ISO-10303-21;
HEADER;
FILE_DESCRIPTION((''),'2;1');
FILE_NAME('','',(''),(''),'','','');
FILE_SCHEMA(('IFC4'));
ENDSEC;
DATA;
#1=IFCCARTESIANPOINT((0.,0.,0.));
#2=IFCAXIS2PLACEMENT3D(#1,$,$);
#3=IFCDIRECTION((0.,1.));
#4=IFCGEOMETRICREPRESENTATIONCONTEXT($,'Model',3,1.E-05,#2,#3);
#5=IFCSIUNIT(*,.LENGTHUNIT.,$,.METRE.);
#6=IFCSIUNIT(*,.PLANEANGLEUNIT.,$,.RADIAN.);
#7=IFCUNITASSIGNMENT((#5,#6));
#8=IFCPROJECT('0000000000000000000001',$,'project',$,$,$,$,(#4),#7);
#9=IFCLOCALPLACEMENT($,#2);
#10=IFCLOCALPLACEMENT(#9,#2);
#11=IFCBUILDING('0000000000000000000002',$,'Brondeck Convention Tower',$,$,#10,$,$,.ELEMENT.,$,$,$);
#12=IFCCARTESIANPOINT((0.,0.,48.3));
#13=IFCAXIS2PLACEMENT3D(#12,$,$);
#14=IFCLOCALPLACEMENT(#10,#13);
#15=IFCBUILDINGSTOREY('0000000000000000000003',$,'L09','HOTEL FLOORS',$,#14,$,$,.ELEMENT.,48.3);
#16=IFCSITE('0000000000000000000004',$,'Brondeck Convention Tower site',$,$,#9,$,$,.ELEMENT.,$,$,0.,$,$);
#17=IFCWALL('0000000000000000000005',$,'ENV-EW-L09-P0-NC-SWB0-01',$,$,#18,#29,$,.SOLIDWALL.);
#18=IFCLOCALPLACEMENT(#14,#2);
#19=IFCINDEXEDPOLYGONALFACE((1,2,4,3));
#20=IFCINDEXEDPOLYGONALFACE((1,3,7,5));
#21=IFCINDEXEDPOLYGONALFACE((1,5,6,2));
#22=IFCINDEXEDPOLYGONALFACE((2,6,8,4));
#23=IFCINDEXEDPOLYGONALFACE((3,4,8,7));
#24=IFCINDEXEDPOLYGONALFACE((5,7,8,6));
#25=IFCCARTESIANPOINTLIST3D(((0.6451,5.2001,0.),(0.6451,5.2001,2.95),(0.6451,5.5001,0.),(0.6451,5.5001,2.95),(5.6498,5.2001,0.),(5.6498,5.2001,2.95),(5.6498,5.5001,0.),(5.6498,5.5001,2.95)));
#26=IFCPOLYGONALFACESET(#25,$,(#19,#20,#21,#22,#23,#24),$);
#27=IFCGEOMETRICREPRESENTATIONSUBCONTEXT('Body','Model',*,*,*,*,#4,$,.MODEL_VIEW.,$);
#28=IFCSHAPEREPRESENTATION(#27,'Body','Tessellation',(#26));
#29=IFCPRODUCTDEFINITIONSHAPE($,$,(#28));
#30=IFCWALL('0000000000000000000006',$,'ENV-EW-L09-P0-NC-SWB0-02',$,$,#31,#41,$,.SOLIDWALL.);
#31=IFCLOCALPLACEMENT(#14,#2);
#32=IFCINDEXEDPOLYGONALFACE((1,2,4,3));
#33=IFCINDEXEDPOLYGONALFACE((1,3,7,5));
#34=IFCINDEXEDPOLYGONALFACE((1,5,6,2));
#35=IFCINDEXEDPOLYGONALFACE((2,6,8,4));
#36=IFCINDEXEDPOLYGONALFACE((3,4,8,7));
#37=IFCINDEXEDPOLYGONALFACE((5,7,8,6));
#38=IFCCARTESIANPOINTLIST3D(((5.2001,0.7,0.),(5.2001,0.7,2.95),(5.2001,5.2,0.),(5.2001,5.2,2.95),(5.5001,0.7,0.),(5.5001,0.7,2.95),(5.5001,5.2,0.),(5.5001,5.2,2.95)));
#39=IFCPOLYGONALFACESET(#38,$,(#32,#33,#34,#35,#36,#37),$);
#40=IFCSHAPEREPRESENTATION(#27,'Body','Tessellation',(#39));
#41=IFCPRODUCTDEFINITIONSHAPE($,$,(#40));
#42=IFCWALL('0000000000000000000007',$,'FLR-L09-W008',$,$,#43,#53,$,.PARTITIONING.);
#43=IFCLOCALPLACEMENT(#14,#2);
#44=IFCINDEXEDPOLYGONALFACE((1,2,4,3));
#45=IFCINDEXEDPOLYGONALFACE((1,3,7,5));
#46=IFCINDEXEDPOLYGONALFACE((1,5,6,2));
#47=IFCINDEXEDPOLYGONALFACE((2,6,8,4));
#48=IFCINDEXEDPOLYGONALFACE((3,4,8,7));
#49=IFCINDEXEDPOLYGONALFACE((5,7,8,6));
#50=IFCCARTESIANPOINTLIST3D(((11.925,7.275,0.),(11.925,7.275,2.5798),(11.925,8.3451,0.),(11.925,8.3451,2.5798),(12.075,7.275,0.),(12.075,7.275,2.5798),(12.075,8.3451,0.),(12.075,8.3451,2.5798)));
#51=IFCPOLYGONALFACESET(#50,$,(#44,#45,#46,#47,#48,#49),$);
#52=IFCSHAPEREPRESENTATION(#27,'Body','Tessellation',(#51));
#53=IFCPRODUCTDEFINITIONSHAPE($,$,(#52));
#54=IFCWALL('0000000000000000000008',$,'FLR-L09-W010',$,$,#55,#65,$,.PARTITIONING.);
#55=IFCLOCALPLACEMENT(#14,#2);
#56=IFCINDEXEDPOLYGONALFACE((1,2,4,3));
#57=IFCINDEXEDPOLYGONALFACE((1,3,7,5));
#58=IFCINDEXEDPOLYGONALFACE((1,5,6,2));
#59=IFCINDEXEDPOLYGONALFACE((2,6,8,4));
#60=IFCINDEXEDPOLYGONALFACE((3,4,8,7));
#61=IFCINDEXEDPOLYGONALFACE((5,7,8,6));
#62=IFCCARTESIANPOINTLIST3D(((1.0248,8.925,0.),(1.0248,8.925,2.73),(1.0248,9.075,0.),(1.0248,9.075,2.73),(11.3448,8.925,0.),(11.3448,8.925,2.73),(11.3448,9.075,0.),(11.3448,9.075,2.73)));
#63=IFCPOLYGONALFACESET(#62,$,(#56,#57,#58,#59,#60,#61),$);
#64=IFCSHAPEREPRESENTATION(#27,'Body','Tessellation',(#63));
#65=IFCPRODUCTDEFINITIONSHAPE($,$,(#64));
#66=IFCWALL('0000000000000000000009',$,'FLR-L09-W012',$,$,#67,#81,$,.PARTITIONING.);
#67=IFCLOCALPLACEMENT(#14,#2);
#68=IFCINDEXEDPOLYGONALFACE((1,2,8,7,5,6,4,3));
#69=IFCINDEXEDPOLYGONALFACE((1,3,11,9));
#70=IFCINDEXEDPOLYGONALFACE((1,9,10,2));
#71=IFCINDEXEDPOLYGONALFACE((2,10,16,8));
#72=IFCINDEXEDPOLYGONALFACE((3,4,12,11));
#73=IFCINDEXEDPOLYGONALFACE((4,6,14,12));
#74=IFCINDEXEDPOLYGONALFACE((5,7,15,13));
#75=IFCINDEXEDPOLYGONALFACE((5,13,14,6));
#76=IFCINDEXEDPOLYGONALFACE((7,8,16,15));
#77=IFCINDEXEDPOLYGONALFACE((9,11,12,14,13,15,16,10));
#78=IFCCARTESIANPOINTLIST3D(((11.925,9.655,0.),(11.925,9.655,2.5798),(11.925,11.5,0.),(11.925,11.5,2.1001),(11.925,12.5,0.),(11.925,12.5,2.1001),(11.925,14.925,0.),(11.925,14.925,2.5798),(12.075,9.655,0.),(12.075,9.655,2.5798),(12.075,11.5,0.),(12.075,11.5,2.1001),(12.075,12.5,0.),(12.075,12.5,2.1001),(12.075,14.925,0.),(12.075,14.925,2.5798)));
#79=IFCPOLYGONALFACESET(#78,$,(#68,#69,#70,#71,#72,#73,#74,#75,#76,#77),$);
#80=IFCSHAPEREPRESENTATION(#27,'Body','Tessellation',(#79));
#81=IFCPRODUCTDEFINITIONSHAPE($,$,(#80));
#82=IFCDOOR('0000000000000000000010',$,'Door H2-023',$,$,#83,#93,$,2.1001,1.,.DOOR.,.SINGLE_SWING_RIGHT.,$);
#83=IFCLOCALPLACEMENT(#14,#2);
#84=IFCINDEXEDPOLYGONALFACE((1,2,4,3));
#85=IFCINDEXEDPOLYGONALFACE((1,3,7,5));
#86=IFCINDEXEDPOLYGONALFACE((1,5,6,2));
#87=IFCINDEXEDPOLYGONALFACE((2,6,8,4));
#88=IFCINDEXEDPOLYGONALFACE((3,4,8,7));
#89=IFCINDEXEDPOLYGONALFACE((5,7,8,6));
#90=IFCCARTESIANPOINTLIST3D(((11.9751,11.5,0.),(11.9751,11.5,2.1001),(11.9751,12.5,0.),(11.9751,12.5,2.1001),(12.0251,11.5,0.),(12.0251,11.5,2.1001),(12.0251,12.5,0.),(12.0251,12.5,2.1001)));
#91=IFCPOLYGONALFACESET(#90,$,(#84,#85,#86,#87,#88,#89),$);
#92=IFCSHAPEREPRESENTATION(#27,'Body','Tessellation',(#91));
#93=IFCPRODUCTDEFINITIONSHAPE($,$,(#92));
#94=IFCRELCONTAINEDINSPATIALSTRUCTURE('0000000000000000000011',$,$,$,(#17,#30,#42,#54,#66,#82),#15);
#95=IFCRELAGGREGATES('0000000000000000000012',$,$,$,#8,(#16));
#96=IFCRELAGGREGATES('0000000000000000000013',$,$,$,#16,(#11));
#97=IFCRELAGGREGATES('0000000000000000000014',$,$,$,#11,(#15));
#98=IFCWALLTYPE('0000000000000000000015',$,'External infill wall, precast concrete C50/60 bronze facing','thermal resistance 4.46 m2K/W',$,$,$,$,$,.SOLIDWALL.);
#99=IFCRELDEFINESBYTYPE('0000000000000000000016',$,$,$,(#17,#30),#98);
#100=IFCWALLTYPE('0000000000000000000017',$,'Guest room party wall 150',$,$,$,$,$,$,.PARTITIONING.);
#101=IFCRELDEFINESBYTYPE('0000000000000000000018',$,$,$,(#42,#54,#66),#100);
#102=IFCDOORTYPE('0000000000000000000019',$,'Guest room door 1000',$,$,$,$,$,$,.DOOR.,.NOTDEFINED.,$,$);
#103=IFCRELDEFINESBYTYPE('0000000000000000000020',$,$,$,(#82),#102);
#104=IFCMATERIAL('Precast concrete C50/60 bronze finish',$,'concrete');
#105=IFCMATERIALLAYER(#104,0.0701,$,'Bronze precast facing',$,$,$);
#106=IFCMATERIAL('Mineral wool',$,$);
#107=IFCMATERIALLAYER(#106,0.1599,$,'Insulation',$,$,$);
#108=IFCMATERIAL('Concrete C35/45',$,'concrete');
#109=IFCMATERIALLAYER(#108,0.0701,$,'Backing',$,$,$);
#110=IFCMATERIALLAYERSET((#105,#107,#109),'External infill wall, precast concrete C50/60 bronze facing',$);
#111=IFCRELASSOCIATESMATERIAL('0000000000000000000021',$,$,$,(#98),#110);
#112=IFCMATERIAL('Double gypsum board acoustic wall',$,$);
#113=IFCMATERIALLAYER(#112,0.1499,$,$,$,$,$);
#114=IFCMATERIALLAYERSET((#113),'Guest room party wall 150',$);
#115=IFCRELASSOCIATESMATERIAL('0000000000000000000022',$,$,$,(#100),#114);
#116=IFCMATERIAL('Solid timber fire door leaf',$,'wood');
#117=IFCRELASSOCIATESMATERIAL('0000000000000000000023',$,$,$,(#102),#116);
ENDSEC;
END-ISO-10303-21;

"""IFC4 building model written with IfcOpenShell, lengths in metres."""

from ifc_helpers import new_model, si_unit, direction, frame, frame_2d, origin, place, context, subcontext, project, spatial, rectangle, extrude, material, layer, layer_set, type_object, element, fill, save


model = new_model("IFC4")

# Units and contexts
model_context = context("Model", 3, precision=1e-05, world=origin(), true_north=direction((0.0, 1.0)))
body_context = subcontext(model_context, "Body", "Model", "MODEL_VIEW")
ifc_project = project(units=[si_unit("LENGTHUNIT", "METRE"), si_unit("PLANEANGLEUNIT", "RADIAN")], contexts=[model_context])

# Site, building, storey
site_placement = place(None, origin())
site = spatial("IfcSite", under=ifc_project, at=site_placement, Name="Brondeck Convention Tower site", CompositionType="ELEMENT", RefElevation=0.0)
building_placement = place(site_placement, origin())
building = spatial("IfcBuilding", under=site, at=building_placement, Name="Brondeck Convention Tower", CompositionType="ELEMENT")
storey_placement = place(building_placement, frame((0.0, 0.0, 48.3)))
storey = spatial("IfcBuildingStorey", under=building, at=storey_placement, Name="L09", Description="HOTEL FLOORS", CompositionType="ELEMENT", Elevation=48.3)

# Shared definitions
ifc_material_1 = material(Name="Concrete C35/45", Category="concrete")

# Shared definitions
ifc_material_2 = material(Name="Precast concrete C50/60 bronze finish", Category="concrete")
ifc_layer_1 = layer(ifc_material_2, 0.0701, Name="Bronze precast facing")
ifc_material_3 = material(Name="Mineral wool")
ifc_layer_2 = layer(ifc_material_3, 0.1599, Name="Insulation")
ifc_layer_3 = layer(ifc_material_1, 0.0701, Name="Backing")
ifc_layer_set_1 = layer_set([ifc_layer_1, ifc_layer_2, ifc_layer_3], Name="External infill wall, precast concrete C50/60 bronze facing")
wall_type_1 = type_object("IfcWallType", Name="External infill wall, precast concrete C50/60 bronze facing", Description="thermal resistance 4.46 m2K/W", PredefinedType="SOLIDWALL", material=ifc_layer_set_1)

# Walls
wall_1_placement = place(storey_placement, frame((5.6499, 5.3501, 0.0), z_axis=(0.0, 0.0, 1.0), x_axis=(-1.0, 0.0, 0.0)))
element("IfcWall", 1, at=wall_1_placement, inside=storey, type_object=wall_type_1, Name="ENV-EW-L09-P0-NC-SWB0-01", PredefinedType="SOLIDWALL", context=body_context, shape_type="SweptSolid", body=[
    extrude(rectangle(XDim=5.0046, YDim=0.3, at=frame_2d((2.5024, 0.0))), origin(), (0.0, 0.0, 1.0), 2.95),
])
wall_2_placement = place(storey_placement, frame((5.3501, 0.7, 0.0), z_axis=(0.0, 0.0, 1.0), x_axis=(0.0, 1.0, 0.0)))
element("IfcWall", 2, at=wall_2_placement, inside=storey, type_object=wall_type_1, Name="ENV-EW-L09-P0-NC-SWB0-02", PredefinedType="SOLIDWALL", context=body_context, shape_type="SweptSolid", body=[
    extrude(rectangle(XDim=4.5, YDim=0.3, at=frame_2d((2.25, 0.0))), origin(), (0.0, 0.0, 1.0), 2.95),
])
ifc_material_4 = material(Name="Double gypsum board acoustic wall")
ifc_layer_4 = layer(ifc_material_4, 0.1499)
ifc_layer_set_2 = layer_set([ifc_layer_4], Name="Guest room party wall 150")
wall_type_2 = type_object("IfcWallType", Name="Guest room party wall 150", PredefinedType="PARTITIONING", material=ifc_layer_set_2)
wall_3_placement = place(storey_placement, frame((12.0, 7.2749, 0.0), z_axis=(0.0, 0.0, 1.0), x_axis=(0.0, 1.0, 0.0)))
element("IfcWall", 3, at=wall_3_placement, inside=storey, type_object=wall_type_2, Name="FLR-L09-W008", PredefinedType="PARTITIONING", context=body_context, shape_type="SweptSolid", body=[
    extrude(rectangle(XDim=1.0701, YDim=0.1499, at=frame_2d((0.5352, 0.0))), origin(), (0.0, 0.0, 1.0), 2.5798),
])
wall_4_placement = place(storey_placement, frame((11.345, 9.0, 0.0), z_axis=(0.0, 0.0, 1.0), x_axis=(-1.0, 0.0, 0.0)))
element("IfcWall", 4, at=wall_4_placement, inside=storey, type_object=wall_type_2, Name="FLR-L09-W010", PredefinedType="PARTITIONING", context=body_context, shape_type="SweptSolid", body=[
    extrude(rectangle(XDim=10.3201, YDim=0.1499, at=frame_2d((5.1602, 0.0))), origin(), (0.0, 0.0, 1.0), 2.73),
])

# Wall, opening, door
wall_5_placement = place(storey_placement, frame((12.0, 9.655, 0.0), z_axis=(0.0, 0.0, 1.0), x_axis=(0.0, 1.0, 0.0)))
wall_5 = element("IfcWall", 5, at=wall_5_placement, inside=storey, type_object=wall_type_2, Name="FLR-L09-W012", PredefinedType="PARTITIONING", context=body_context, shape_type="SweptSolid", body=[
    extrude(rectangle(XDim=5.27, YDim=0.1499, at=frame_2d((2.635, 0.0))), origin(), (0.0, 0.0, 1.0), 2.5798),
])
opening_1_placement = place(wall_5_placement, frame((1.845, 0.0, 0.0)))
opening_1 = element("IfcOpeningElement", 6, at=opening_1_placement, cuts=wall_5, PredefinedType="OPENING", context=body_context, shape_type="SweptSolid", body=[
    extrude(rectangle(XDim=1.0, YDim=2.1001, at=frame_2d((0.5, 1.05))), frame((0.0, 0.085, 0.0), z_axis=(0.0, -1.0, 0.0), x_axis=(1.0, 0.0, 0.0)), (0.0, 0.0, 1.0), 0.1699),
])
ifc_material_5 = material(Name="Solid timber fire door leaf", Category="wood")
door_type = type_object("IfcDoorType", Name="Guest room door 1000", OperationType="NOTDEFINED", PredefinedType="DOOR", material=ifc_material_5)
door_placement = place(opening_1_placement, origin())
door = element("IfcDoor", 7, at=door_placement, inside=storey, type_object=door_type, Name="Door H2-023", OperationType="SINGLE_SWING_RIGHT", OverallHeight=2.1001, OverallWidth=1.0, PredefinedType="DOOR", context=body_context, shape_type="SweptSolid", body=[
    extrude(rectangle(XDim=1.0, YDim=2.1001, at=frame_2d((0.5, 1.05))), frame((0.0, 0.0249, 0.0), z_axis=(0.0, -1.0, 0.0), x_axis=(1.0, 0.0, 0.0)), (0.0, 0.0, 1.0), 0.05),
])
fill(opening_1, door)

save(model, "model.ifc")
